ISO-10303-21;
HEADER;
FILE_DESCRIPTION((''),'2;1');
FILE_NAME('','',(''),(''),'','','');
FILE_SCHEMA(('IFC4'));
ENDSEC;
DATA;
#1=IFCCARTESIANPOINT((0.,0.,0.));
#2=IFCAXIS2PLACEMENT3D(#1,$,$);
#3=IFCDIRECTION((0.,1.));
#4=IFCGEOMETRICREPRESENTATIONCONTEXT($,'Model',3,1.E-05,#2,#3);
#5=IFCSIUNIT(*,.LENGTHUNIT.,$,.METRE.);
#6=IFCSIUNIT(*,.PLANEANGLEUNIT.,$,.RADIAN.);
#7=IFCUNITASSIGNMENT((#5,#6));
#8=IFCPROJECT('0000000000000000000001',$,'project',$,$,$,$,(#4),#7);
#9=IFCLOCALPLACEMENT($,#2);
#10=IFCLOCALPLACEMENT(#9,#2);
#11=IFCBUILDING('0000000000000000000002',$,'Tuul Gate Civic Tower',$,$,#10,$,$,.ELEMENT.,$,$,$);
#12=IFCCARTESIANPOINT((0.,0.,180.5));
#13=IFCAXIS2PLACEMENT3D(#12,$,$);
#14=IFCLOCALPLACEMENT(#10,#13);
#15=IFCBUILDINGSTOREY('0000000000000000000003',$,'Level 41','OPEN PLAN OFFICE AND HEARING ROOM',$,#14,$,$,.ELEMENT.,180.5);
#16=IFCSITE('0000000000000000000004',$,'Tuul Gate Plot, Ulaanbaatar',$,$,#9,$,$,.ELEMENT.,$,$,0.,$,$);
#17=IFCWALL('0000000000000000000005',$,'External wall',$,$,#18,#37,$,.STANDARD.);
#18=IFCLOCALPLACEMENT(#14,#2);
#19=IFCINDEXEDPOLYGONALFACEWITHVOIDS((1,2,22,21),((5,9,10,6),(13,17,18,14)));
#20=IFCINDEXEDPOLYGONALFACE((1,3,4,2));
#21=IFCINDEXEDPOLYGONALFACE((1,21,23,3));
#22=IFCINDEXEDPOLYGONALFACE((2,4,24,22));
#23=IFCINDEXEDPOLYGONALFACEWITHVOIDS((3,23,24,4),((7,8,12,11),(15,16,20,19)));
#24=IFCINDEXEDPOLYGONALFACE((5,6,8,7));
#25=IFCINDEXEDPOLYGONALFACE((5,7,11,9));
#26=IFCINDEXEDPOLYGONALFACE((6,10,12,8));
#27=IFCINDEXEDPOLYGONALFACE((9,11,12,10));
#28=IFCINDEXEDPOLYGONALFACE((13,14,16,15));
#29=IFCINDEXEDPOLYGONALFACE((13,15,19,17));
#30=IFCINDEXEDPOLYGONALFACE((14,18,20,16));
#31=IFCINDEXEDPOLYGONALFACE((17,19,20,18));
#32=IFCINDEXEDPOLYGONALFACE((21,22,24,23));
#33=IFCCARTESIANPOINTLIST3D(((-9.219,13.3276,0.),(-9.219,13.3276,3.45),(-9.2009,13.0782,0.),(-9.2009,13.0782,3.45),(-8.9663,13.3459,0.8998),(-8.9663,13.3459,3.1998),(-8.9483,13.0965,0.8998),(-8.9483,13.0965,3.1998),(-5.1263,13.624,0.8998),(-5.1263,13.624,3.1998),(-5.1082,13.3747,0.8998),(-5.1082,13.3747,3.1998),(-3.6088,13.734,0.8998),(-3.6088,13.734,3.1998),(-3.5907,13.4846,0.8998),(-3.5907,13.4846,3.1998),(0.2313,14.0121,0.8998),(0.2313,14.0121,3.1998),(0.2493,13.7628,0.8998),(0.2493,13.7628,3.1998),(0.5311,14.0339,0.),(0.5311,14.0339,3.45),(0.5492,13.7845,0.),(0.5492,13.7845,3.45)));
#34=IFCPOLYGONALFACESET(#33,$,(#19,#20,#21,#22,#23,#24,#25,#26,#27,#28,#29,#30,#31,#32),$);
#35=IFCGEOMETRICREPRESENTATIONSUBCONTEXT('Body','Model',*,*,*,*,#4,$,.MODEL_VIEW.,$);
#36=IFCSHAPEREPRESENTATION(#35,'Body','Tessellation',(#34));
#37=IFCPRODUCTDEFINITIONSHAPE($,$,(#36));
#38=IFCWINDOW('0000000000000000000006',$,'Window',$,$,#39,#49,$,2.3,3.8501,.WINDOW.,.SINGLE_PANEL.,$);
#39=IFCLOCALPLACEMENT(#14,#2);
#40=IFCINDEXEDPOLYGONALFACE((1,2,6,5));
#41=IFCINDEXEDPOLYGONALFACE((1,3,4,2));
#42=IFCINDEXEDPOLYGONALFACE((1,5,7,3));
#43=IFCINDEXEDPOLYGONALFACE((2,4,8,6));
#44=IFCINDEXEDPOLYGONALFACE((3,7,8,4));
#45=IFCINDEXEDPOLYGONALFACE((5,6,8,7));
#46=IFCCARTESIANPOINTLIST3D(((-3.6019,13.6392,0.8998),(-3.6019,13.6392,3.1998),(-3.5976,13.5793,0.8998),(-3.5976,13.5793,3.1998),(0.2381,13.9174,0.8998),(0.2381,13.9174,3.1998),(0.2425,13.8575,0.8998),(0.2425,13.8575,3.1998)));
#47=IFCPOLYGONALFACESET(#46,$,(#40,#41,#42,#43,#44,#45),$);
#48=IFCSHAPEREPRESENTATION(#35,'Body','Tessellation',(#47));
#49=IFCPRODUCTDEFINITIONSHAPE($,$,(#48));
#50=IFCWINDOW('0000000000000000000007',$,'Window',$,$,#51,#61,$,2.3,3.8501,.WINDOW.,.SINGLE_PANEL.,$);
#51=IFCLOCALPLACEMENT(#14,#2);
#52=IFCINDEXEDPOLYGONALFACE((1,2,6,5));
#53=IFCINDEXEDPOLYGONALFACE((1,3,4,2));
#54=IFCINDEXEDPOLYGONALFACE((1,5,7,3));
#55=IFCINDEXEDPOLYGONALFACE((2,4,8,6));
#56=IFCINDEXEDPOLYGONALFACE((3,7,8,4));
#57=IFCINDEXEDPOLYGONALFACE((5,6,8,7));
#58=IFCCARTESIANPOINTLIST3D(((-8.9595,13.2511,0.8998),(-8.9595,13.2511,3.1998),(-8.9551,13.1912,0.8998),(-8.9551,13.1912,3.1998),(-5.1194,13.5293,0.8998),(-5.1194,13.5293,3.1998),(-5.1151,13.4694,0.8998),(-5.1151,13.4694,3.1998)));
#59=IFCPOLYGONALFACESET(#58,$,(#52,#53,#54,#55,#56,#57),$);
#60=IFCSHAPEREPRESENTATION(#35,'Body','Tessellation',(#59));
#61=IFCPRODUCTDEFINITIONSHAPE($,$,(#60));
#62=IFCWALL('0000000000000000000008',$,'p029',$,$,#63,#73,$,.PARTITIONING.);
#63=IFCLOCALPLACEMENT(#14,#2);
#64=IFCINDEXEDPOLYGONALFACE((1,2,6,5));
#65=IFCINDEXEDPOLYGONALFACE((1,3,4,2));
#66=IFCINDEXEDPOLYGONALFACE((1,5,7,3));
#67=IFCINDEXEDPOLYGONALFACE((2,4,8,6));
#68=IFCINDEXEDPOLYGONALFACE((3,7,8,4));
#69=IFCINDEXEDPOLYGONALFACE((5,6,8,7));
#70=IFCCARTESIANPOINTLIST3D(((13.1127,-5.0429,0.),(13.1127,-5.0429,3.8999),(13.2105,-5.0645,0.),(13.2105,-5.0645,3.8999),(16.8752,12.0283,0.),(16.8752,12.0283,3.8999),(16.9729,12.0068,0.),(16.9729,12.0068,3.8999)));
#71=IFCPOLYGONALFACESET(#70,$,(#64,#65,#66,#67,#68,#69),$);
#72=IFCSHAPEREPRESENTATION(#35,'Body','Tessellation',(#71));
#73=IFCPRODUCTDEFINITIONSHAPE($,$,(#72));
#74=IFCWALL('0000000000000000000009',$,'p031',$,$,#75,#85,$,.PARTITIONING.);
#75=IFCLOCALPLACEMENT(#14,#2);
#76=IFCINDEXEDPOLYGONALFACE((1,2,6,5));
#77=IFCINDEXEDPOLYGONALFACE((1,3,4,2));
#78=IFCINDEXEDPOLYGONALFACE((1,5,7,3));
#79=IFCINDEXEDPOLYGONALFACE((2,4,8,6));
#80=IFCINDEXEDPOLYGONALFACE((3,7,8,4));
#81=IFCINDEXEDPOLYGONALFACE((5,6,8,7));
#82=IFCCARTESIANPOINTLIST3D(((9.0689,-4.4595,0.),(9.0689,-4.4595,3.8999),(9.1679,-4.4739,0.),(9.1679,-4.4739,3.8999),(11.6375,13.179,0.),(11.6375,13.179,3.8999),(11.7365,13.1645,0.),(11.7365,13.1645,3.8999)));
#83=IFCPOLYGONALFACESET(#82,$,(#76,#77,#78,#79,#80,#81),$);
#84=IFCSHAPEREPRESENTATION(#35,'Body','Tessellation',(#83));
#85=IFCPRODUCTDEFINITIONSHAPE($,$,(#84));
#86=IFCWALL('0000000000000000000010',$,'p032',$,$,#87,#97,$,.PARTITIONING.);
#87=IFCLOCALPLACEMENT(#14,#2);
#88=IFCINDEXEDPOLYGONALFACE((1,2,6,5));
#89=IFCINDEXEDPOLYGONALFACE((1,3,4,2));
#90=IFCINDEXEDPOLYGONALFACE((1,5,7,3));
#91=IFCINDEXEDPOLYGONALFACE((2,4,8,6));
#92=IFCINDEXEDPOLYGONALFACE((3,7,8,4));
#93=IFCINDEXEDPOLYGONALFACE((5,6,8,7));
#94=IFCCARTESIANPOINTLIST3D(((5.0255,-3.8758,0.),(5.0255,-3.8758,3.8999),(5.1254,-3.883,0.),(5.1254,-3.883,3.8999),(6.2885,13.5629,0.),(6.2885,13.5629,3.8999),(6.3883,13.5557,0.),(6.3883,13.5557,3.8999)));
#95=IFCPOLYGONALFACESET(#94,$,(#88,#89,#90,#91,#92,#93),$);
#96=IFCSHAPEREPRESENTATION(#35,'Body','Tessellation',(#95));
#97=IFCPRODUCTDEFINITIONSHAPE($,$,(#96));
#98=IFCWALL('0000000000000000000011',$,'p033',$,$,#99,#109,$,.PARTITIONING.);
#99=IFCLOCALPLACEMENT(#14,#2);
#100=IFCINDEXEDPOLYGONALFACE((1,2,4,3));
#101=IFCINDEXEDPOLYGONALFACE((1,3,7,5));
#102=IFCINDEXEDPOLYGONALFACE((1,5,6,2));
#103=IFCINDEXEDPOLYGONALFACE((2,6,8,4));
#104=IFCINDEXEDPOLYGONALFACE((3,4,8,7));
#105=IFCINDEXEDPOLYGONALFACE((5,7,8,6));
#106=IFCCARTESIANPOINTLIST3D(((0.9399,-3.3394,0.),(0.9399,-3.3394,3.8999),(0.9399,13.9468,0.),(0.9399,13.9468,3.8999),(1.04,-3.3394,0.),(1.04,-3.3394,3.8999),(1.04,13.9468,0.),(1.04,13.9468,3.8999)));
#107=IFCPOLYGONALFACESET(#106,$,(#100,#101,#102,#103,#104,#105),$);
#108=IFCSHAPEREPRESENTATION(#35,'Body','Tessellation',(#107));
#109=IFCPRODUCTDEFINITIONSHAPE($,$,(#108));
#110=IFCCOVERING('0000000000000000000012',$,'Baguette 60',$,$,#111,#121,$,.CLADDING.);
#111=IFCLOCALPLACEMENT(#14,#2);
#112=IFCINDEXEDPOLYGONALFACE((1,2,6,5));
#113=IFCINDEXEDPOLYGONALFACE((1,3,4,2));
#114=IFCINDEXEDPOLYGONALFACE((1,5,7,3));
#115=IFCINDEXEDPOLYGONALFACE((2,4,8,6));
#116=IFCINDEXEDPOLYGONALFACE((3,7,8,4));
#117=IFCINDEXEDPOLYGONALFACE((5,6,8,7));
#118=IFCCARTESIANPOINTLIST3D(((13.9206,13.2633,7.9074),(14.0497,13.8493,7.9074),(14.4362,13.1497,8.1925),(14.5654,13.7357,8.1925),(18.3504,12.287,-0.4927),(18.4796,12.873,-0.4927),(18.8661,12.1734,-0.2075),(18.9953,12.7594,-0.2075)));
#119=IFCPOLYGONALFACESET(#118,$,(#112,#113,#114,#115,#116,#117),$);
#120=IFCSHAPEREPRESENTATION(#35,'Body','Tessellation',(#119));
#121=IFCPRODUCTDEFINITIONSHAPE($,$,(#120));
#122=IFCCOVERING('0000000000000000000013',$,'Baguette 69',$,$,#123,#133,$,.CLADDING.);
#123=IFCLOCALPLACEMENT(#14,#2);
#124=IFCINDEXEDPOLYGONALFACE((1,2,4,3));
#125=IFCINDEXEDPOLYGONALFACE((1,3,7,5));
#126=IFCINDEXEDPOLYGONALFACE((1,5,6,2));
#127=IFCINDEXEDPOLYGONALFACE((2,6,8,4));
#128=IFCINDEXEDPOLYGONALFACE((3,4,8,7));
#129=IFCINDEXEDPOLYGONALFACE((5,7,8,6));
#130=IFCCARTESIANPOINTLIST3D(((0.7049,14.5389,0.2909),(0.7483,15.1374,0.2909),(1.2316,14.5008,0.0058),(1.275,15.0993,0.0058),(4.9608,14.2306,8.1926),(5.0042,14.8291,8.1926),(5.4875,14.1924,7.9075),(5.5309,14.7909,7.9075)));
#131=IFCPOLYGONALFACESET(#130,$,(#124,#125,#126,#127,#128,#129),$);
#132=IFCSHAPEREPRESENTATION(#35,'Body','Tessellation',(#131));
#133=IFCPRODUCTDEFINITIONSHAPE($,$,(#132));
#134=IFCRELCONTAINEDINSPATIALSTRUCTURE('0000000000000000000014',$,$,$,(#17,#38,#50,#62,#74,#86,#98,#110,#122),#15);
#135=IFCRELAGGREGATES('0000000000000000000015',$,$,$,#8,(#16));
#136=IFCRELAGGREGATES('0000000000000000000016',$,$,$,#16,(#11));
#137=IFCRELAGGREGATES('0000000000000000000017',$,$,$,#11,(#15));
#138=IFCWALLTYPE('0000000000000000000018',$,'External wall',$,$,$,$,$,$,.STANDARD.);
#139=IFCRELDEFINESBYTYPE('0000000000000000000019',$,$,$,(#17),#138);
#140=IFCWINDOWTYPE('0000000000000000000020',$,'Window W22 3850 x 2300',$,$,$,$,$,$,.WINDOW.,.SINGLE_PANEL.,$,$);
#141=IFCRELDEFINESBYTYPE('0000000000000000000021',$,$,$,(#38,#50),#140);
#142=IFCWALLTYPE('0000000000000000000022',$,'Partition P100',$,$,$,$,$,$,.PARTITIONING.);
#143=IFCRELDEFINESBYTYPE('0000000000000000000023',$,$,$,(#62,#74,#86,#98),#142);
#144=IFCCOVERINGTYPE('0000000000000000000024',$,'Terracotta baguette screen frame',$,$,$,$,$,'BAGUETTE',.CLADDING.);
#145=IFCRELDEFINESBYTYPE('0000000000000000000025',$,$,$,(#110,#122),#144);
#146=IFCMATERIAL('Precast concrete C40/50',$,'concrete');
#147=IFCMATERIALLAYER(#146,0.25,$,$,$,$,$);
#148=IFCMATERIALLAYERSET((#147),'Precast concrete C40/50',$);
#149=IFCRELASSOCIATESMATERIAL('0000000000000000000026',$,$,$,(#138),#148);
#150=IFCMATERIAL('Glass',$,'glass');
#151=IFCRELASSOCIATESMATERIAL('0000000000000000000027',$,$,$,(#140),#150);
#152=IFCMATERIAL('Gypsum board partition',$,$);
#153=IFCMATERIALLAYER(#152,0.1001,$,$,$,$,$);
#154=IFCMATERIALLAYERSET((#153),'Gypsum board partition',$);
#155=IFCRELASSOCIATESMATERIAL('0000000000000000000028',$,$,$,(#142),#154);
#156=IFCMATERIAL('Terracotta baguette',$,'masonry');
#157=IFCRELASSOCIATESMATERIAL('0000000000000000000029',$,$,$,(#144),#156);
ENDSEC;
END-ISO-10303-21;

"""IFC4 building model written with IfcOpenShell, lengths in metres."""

from ifc_helpers import new_model, si_unit, direction, frame, frame_2d, origin, origin_2d, place, context, subcontext, project, spatial, rectangle, extrude, material, layer, layer_set, material_profile, profile_set, type_object, element, fill, save


model = new_model("IFC4")

# Units and contexts
model_context = context("Model", 3, precision=1e-05, world=origin(), true_north=direction((0.0, 1.0)))
body_context = subcontext(model_context, "Body", "Model", "MODEL_VIEW")
ifc_project = project(units=[si_unit("LENGTHUNIT", "METRE"), si_unit("PLANEANGLEUNIT", "RADIAN")], contexts=[model_context])

# Site, building, storey
site_placement = place(None, origin())
site = spatial("IfcSite", under=ifc_project, at=site_placement, Name="Tuul Gate Plot, Ulaanbaatar", CompositionType="ELEMENT", RefElevation=0.0)
building_placement = place(site_placement, origin())
building = spatial("IfcBuilding", under=site, at=building_placement, Name="Tuul Gate Civic Tower", CompositionType="ELEMENT")
storey_placement = place(building_placement, frame((0.0, 0.0, 180.5)))
storey = spatial("IfcBuildingStorey", under=building, at=storey_placement, Name="Level 41", Description="OPEN PLAN OFFICE AND HEARING ROOM", CompositionType="ELEMENT", Elevation=180.5)

# Wall, openings, windows
ifc_material_1 = material(Name="Precast concrete C40/50", Category="concrete")
ifc_layer_1 = layer(ifc_material_1, 0.25)
ifc_layer_set_1 = layer_set([ifc_layer_1], Name="Precast concrete C40/50")
wall_type_1 = type_object("IfcWallType", Name="External wall", PredefinedType="STANDARD", material=ifc_layer_set_1)
ifc_material_2 = material(Name="Glass", Category="glass")
window_type = type_object("IfcWindowType", Name="Window W22 3850 x 2300", PartitioningType="SINGLE_PANEL", PredefinedType="WINDOW", material=ifc_material_2)
wall_1_placement = place(storey_placement, frame((0.54, 13.9092, 0.0), z_axis=(0.0, 0.0, 1.0), x_axis=(-0.997386, -0.072252, 0.0)))
wall_1 = element("IfcWall", 1, at=wall_1_placement, inside=storey, type_object=wall_type_1, Name="External wall", PredefinedType="STANDARD", context=body_context, shape_type="SweptSolid", body=[
    extrude(rectangle(XDim=9.7756, YDim=0.25, at=frame_2d((4.8877, 0.0))), origin(), (0.0, 0.0, 1.0), 3.45),
])
opening_1_placement = place(wall_1_placement, frame((0.3005, 0.0, 0.8999)))
opening_1 = element("IfcOpeningElement", 2, at=opening_1_placement, cuts=wall_1, PredefinedType="OPENING", context=body_context, shape_type="SweptSolid", body=[
    extrude(rectangle(XDim=3.8501, YDim=2.3, at=frame_2d((1.925, 1.1499))), frame((0.0, 0.135, 0.0), z_axis=(0.0, -1.0, 0.0), x_axis=(1.0, 0.0, 0.0)), (0.0, 0.0, 1.0), 0.27),
])
opening_2_placement = place(wall_1_placement, frame((5.6721, 0.0, 0.8999)))
opening_2 = element("IfcOpeningElement", 3, at=opening_2_placement, cuts=wall_1, PredefinedType="OPENING", context=body_context, shape_type="SweptSolid", body=[
    extrude(rectangle(XDim=3.8501, YDim=2.3, at=frame_2d((1.925, 1.1499))), frame((0.0, 0.135, 0.0), z_axis=(0.0, -1.0, 0.0), x_axis=(1.0, 0.0, 0.0)), (0.0, 0.0, 1.0), 0.27),
])
window_1_placement = place(opening_1_placement, origin())
window_1 = element("IfcWindow", 4, at=window_1_placement, inside=storey, type_object=window_type, Name="Window", OverallHeight=2.3, OverallWidth=3.8501, PartitioningType="SINGLE_PANEL", PredefinedType="WINDOW", context=body_context, shape_type="SweptSolid", body=[
    extrude(rectangle(XDim=3.8501, YDim=2.3, at=frame_2d((1.925, 1.1499))), frame((0.0, 0.03, 0.0), z_axis=(0.0, -1.0, 0.0), x_axis=(1.0, 0.0, 0.0)), (0.0, 0.0, 1.0), 0.0601),
])
fill(opening_1, window_1)
window_2_placement = place(opening_2_placement, origin())
window_2 = element("IfcWindow", 5, at=window_2_placement, inside=storey, type_object=window_type, Name="Window", OverallHeight=2.3, OverallWidth=3.8501, PartitioningType="SINGLE_PANEL", PredefinedType="WINDOW", context=body_context, shape_type="SweptSolid", body=[
    extrude(rectangle(XDim=3.8501, YDim=2.3, at=frame_2d((1.925, 1.1499))), frame((0.0, 0.03, 0.0), z_axis=(0.0, -1.0, 0.0), x_axis=(1.0, 0.0, 0.0)), (0.0, 0.0, 1.0), 0.0601),
])
fill(opening_2, window_2)

# Walls
ifc_material_3 = material(Name="Gypsum board partition")
ifc_layer_2 = layer(ifc_material_3, 0.1001)
ifc_layer_set_2 = layer_set([ifc_layer_2], Name="Gypsum board partition")
wall_type_2 = type_object("IfcWallType", Name="Partition P100", PredefinedType="PARTITIONING", material=ifc_layer_set_2)
wall_2_placement = place(storey_placement, frame((13.1616, -5.0537, 0.0), z_axis=(0.0, 0.0, 1.0), x_axis=(0.215231, 0.976563, 0.0)))
element("IfcWall", 6, at=wall_2_placement, inside=storey, type_object=wall_type_2, Name="p029", PredefinedType="PARTITIONING", context=body_context, shape_type="SweptSolid", body=[
    extrude(rectangle(XDim=17.481, YDim=0.1001, at=frame_2d((8.7405, 0.0))), origin(), (0.0, 0.0, 1.0), 3.8999),
])
wall_3_placement = place(storey_placement, frame((9.1184, -4.4666, 0.0), z_axis=(0.0, 0.0, 1.0), x_axis=(0.144105, 0.989562, 0.0)))
element("IfcWall", 7, at=wall_3_placement, inside=storey, type_object=wall_type_2, Name="p031", PredefinedType="PARTITIONING", context=body_context, shape_type="SweptSolid", body=[
    extrude(rectangle(XDim=17.8245, YDim=0.1001, at=frame_2d((8.9121, 0.0))), origin(), (0.0, 0.0, 1.0), 3.8999),
])
wall_4_placement = place(storey_placement, frame((5.0754, -3.8794, 0.0), z_axis=(0.0, 0.0, 1.0), x_axis=(0.072232, 0.997388, 0.0)))
element("IfcWall", 8, at=wall_4_placement, inside=storey, type_object=wall_type_2, Name="p032", PredefinedType="PARTITIONING", context=body_context, shape_type="SweptSolid", body=[
    extrude(rectangle(XDim=17.4844, YDim=0.1001, at=frame_2d((8.7422, 0.0))), origin(), (0.0, 0.0, 1.0), 3.8999),
])
wall_5_placement = place(storey_placement, frame((0.99, -3.3394, 0.0), z_axis=(0.0, 0.0, 1.0), x_axis=(0.0, 1.0, 0.0)))
element("IfcWall", 9, at=wall_5_placement, inside=storey, type_object=wall_type_2, Name="p033", PredefinedType="PARTITIONING", context=body_context, shape_type="SweptSolid", body=[
    extrude(rectangle(XDim=17.2861, YDim=0.1001, at=frame_2d((8.6431, 0.0))), origin(), (0.0, 0.0, 1.0), 3.8999),
])

# Coverings
ifc_material_4 = material(Name="Terracotta baguette", Category="masonry")
ifc_material_profile_1 = material_profile(ifc_material_4, rectangle(XDim=0.6001, YDim=0.6001, at=origin_2d()), Name="Terracotta baguette screen frame")
ifc_profile_set_1 = profile_set([ifc_material_profile_1], Name="Terracotta baguette")
covering_type = type_object("IfcCoveringType", Name="Terracotta baguette screen frame", ElementType="BAGUETTE", PredefinedType="CLADDING", material=ifc_profile_set_1)
covering_1_placement = place(storey_placement, frame((18.6729, 12.5232, -0.3501), z_axis=(-0.464026, 0.102267, 0.879898), x_axis=(-0.215226, -0.976564, 0.0)))
element("IfcCovering", 10, at=covering_1_placement, inside=storey, type_object=covering_type, Name="Baguette 60", PredefinedType="CLADDING", context=body_context, shape_type="SweptSolid", body=[
    extrude(rectangle(XDim=0.6001, YDim=0.6001, at=origin_2d()), origin(), (0.0, 0.0, 1.0), 9.5466),
])
covering_2_placement = place(storey_placement, frame((5.2458, 14.5107, 8.05), z_axis=(-0.473919, 0.034337, -0.879899), x_axis=(-0.072264, -0.997386, 0.0)))
element("IfcCovering", 11, at=covering_2_placement, inside=storey, type_object=covering_type, Name="Baguette 69", PredefinedType="CLADDING", context=body_context, shape_type="SweptSolid", body=[
    extrude(rectangle(XDim=0.6001, YDim=0.6001, at=origin_2d()), origin(), (0.0, 0.0, 1.0), 8.9802),
])

save(model, "model.ifc")
